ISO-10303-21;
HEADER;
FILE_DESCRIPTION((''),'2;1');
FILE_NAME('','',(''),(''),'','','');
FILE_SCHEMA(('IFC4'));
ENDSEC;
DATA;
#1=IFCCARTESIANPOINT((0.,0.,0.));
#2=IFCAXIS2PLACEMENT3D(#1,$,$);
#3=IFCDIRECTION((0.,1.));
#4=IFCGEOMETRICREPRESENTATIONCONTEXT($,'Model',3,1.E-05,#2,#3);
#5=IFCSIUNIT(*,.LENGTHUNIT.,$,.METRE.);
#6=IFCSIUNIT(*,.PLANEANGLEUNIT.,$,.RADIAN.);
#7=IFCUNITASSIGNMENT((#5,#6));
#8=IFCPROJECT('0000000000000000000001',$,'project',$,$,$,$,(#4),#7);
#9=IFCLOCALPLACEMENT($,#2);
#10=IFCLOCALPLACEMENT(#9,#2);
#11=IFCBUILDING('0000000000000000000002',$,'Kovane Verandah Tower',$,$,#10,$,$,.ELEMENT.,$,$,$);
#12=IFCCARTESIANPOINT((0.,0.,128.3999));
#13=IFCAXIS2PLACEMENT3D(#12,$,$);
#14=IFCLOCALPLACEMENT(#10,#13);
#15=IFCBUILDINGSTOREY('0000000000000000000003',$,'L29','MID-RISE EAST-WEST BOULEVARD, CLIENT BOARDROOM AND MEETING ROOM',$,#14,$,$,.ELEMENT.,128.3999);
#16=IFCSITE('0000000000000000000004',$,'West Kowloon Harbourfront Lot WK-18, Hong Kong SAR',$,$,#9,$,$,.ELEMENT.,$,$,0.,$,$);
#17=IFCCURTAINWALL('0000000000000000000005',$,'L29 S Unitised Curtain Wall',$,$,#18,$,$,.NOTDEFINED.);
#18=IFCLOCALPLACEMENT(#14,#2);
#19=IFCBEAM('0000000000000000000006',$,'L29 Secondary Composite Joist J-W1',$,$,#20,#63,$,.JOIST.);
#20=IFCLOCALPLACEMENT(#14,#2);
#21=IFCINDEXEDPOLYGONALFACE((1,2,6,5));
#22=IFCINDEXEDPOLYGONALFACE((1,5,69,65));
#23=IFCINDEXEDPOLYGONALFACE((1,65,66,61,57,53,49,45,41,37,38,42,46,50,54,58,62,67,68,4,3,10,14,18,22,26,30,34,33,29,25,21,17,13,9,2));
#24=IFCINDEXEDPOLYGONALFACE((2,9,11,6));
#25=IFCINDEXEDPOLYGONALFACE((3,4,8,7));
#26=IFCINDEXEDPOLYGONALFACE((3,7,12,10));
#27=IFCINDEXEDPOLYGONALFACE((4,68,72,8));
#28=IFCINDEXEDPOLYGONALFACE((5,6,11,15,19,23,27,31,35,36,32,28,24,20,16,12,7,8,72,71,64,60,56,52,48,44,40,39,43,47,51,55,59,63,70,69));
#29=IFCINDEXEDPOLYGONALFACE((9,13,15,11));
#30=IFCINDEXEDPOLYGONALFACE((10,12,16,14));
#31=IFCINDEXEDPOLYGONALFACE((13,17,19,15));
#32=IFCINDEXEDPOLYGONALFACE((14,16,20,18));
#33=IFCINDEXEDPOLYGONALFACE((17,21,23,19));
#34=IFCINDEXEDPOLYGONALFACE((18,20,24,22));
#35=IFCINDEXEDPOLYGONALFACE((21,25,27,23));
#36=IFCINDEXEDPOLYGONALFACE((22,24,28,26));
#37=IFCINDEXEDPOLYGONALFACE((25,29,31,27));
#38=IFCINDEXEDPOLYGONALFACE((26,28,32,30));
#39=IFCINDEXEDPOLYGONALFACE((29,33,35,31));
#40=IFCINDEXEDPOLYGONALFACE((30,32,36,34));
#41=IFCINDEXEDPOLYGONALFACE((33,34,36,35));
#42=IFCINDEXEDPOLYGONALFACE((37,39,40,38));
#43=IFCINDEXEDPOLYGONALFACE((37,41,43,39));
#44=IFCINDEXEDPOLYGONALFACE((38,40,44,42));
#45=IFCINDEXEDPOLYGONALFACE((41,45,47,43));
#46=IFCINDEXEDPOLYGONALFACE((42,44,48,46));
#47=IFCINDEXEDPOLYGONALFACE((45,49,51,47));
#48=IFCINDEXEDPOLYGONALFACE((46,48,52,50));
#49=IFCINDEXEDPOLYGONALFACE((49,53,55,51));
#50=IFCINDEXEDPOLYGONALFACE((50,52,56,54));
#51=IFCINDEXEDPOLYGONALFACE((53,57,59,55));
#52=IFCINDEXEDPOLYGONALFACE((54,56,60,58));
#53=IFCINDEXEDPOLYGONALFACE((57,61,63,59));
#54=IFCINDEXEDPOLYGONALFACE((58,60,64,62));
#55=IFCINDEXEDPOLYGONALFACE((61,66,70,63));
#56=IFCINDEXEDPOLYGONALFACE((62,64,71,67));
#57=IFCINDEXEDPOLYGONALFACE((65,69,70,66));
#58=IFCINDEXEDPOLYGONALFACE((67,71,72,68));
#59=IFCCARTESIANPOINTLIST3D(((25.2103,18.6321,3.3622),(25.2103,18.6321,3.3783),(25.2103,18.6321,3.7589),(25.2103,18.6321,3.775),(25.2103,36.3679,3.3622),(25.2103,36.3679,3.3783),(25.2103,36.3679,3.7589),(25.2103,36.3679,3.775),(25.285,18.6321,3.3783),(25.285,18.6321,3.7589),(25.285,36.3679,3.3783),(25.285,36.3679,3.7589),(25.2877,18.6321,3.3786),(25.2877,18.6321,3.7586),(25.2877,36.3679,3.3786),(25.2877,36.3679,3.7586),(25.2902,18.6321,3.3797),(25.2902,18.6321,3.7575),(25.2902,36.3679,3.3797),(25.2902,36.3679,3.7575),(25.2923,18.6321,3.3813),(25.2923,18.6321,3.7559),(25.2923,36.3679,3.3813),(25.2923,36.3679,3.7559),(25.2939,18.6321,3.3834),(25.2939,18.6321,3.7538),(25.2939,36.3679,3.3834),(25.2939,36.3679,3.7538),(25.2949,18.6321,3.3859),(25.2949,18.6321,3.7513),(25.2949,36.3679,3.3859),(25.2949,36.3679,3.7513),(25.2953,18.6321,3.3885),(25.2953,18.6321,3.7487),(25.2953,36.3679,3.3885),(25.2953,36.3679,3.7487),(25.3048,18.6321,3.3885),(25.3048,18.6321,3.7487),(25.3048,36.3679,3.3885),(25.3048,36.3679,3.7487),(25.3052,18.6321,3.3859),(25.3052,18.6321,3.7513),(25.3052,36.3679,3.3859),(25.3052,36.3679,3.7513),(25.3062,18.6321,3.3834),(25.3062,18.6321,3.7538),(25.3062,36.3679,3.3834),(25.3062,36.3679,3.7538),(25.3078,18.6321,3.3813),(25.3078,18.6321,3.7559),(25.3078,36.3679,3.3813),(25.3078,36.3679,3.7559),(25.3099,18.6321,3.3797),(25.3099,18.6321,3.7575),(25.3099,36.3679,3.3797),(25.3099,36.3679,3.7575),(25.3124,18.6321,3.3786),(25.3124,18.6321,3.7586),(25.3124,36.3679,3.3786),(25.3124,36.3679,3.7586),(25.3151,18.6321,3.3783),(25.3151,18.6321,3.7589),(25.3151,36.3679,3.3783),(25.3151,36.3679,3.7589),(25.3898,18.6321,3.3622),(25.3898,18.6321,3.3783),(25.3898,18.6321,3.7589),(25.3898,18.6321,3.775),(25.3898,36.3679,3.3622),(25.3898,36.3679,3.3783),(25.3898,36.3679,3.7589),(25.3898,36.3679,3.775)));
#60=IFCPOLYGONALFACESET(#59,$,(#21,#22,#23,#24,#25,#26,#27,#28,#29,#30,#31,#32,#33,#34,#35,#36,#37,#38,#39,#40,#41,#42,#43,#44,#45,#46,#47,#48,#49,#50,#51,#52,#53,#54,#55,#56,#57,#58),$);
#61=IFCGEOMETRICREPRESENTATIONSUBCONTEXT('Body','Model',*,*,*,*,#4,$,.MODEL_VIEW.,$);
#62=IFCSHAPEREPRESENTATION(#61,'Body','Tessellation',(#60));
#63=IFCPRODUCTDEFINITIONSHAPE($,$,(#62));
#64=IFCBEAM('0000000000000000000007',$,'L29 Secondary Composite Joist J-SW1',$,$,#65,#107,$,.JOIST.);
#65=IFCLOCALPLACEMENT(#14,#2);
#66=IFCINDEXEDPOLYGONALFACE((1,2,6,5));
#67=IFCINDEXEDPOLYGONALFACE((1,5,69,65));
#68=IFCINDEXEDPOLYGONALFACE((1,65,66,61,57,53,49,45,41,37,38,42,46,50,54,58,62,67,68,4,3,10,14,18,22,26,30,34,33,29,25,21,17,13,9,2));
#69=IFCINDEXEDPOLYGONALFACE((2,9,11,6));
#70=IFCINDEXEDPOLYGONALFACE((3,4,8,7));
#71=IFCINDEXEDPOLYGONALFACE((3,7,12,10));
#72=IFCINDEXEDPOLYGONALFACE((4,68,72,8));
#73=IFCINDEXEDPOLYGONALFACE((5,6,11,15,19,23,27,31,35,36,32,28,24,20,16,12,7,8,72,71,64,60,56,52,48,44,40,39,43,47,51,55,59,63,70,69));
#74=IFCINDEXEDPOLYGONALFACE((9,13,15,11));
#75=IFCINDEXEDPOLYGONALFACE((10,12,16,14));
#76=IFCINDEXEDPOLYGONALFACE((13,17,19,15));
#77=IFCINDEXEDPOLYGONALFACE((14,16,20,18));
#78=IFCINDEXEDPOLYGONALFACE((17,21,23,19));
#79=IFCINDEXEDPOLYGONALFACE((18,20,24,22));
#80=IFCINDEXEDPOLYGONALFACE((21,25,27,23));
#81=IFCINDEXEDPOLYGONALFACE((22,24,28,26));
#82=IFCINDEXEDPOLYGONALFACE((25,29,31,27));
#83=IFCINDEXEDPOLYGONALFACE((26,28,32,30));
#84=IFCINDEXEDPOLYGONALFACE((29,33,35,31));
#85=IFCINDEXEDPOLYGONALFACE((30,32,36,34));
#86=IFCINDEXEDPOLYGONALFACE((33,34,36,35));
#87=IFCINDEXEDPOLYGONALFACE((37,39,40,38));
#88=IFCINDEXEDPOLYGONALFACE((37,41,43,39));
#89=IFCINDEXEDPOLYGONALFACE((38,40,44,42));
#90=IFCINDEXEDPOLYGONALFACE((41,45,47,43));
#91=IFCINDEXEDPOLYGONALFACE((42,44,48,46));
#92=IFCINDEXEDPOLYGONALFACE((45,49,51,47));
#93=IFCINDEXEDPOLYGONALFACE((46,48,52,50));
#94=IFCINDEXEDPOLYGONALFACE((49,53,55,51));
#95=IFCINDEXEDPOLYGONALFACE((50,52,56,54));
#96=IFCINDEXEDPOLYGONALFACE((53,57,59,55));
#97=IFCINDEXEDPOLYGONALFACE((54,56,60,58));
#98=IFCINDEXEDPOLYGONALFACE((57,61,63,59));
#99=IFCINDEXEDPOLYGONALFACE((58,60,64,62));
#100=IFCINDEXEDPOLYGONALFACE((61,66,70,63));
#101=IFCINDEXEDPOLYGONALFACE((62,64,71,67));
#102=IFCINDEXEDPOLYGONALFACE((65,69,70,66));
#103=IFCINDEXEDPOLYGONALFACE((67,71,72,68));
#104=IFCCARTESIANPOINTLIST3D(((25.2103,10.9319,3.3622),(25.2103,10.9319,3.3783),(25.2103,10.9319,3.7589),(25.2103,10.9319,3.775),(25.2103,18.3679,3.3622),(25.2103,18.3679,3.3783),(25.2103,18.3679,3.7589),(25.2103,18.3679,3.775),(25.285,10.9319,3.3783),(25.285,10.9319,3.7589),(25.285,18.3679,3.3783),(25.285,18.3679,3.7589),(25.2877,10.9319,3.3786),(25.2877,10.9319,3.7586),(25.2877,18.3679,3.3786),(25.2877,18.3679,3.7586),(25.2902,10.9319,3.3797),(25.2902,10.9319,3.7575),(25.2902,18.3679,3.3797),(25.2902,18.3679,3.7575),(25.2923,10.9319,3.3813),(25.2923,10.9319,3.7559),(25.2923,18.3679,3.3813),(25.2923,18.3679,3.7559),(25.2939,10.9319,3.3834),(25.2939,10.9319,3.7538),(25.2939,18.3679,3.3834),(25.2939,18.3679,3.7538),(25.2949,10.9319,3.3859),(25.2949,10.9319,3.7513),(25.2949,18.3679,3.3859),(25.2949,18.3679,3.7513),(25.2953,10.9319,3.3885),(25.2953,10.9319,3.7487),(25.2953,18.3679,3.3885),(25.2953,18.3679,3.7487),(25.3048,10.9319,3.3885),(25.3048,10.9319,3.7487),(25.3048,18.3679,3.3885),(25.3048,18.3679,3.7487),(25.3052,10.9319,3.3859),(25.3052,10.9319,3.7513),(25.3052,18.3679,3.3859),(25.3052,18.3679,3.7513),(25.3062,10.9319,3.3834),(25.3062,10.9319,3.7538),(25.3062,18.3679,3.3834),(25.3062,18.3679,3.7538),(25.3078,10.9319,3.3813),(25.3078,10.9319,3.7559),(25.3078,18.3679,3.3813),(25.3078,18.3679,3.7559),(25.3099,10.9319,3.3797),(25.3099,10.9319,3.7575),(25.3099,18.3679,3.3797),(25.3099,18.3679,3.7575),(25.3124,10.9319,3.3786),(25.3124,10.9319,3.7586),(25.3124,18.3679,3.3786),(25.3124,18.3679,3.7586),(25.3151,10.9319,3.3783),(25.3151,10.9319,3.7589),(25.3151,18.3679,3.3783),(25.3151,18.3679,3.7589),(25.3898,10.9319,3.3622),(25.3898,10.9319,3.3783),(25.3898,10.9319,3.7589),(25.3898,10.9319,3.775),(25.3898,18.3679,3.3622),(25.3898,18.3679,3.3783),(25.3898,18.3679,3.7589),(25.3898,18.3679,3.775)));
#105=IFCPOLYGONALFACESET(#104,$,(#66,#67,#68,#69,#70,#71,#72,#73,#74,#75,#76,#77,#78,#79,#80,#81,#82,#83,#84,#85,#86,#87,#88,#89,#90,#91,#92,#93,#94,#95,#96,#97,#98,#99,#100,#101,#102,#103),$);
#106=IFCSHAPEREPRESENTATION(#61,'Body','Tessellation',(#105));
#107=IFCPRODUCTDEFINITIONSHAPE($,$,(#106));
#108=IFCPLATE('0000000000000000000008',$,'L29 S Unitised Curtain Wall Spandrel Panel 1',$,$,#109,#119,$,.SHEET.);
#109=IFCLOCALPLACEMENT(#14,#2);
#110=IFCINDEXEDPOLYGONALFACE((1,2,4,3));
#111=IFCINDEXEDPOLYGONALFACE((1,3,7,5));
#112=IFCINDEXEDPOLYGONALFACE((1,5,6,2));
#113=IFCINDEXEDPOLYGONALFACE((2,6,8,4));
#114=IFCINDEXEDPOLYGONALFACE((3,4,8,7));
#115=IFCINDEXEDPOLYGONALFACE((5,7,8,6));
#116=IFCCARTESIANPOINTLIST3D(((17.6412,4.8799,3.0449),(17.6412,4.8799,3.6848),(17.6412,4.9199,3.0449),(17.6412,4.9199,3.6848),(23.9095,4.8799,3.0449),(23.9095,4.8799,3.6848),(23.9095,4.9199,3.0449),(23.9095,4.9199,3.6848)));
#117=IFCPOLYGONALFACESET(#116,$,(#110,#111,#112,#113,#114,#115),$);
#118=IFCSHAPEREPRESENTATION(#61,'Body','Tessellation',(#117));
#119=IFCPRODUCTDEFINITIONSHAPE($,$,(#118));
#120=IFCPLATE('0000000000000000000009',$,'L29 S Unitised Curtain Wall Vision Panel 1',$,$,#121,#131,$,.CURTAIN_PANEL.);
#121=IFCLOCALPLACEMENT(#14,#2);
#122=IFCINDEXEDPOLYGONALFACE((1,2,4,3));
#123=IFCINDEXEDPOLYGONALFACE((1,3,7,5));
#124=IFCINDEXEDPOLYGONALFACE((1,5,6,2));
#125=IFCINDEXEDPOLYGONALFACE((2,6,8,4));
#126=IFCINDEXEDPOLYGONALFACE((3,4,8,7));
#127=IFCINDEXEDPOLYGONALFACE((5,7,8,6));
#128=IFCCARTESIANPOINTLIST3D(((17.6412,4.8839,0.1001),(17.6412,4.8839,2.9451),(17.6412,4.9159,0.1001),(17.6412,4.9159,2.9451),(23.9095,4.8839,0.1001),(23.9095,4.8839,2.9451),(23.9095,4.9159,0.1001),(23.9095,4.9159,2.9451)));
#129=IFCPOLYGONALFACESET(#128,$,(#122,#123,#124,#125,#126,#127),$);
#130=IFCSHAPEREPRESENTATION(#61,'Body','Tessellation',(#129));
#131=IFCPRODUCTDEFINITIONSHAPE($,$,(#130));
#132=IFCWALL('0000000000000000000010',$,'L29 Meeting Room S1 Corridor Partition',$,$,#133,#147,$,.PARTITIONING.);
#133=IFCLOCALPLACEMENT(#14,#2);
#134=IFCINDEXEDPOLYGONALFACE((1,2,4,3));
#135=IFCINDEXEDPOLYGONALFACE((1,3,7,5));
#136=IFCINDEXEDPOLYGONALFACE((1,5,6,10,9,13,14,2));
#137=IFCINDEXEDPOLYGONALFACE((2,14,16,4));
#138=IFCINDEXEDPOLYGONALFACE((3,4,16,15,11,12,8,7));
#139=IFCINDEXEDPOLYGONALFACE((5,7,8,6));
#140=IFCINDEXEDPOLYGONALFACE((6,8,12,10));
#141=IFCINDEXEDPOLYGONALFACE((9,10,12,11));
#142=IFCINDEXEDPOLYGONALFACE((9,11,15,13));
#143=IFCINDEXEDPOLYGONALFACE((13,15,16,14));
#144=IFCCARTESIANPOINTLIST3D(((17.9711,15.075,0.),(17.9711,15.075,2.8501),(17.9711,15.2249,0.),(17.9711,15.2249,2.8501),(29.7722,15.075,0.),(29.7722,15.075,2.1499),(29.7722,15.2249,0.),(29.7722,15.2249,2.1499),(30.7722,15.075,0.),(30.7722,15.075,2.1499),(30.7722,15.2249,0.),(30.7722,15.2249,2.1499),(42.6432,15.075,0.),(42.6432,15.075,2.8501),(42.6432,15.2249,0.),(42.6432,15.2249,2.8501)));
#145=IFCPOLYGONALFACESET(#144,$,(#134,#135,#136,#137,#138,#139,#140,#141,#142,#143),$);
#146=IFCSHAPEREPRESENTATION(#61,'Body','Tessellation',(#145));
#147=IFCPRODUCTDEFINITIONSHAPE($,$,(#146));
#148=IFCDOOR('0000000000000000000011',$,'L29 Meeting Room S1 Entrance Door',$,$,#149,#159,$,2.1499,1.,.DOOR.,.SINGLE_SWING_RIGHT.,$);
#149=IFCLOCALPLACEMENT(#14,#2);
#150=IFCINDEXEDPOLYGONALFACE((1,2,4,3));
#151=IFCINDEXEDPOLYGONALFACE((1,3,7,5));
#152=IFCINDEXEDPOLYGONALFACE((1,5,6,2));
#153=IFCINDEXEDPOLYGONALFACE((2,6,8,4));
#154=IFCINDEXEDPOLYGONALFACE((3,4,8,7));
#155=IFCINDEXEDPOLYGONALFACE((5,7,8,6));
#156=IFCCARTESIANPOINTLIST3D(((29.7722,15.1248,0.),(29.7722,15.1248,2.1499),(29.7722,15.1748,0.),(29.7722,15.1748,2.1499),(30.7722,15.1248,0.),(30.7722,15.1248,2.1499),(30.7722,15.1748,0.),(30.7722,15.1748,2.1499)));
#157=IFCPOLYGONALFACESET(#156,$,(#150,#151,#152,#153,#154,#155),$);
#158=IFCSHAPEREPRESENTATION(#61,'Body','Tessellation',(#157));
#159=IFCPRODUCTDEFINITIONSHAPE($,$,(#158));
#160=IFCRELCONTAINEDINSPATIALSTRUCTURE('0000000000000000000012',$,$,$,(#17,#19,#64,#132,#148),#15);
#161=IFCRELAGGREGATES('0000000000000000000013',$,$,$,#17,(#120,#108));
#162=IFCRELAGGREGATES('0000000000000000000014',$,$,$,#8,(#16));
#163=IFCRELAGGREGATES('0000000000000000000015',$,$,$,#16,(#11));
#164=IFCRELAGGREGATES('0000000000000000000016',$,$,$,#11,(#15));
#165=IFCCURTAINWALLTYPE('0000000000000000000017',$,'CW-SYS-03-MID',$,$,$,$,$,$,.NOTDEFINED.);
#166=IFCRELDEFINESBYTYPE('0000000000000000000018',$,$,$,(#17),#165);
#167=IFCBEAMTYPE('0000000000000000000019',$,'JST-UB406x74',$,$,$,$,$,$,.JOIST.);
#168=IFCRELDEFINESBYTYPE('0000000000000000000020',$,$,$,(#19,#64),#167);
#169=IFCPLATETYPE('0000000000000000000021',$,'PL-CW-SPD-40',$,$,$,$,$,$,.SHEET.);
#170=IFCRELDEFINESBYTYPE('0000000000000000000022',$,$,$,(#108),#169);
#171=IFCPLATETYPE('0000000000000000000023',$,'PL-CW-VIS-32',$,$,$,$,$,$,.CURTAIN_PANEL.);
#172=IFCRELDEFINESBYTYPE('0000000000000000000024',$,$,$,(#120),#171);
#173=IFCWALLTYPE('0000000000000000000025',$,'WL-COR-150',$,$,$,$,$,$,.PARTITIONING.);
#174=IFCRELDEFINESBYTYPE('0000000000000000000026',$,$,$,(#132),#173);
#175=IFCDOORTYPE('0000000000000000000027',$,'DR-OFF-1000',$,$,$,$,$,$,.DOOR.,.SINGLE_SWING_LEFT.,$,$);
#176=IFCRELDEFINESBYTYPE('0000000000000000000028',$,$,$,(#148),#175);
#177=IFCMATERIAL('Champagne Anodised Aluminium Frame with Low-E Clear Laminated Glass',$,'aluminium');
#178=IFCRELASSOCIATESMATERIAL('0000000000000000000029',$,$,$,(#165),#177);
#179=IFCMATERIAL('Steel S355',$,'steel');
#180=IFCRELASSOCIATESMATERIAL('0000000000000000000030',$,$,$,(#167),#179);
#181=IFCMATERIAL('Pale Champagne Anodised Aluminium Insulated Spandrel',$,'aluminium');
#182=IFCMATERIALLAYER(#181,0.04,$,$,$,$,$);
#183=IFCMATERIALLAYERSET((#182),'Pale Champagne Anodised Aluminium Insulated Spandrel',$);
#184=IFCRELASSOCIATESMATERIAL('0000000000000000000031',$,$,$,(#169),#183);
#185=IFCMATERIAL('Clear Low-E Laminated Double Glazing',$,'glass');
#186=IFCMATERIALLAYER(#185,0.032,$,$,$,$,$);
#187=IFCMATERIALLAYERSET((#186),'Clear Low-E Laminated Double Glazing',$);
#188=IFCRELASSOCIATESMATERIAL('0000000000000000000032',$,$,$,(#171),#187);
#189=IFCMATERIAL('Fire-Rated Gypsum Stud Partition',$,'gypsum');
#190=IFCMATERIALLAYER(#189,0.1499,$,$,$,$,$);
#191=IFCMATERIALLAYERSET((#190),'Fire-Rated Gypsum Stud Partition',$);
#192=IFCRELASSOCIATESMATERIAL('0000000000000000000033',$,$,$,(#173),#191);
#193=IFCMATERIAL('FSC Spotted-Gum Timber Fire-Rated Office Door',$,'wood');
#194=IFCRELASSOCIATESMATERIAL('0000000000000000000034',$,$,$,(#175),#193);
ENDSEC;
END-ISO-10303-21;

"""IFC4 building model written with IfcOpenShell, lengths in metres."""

from ifc_helpers import new_model, si_unit, direction, frame, frame_2d, origin, origin_2d, place, context, subcontext, project, spatial, rectangle, i_section, extrude, material, layer, layer_set, material_profile, profile_set, type_object, element, fill, aggregate, save


model = new_model("IFC4")

# Units and contexts
model_context = context("Model", 3, precision=1e-05, world=origin(), true_north=direction((0.0, 1.0)))
body_context = subcontext(model_context, "Body", "Model", "MODEL_VIEW")
ifc_project = project(units=[si_unit("LENGTHUNIT", "METRE"), si_unit("PLANEANGLEUNIT", "RADIAN")], contexts=[model_context])

# Site, building, storey
site_placement = place(None, origin())
site = spatial("IfcSite", under=ifc_project, at=site_placement, Name="West Kowloon Harbourfront Lot WK-18, Hong Kong SAR", CompositionType="ELEMENT", RefElevation=0.0)
building_placement = place(site_placement, origin())
building = spatial("IfcBuilding", under=site, at=building_placement, Name="Kovane Verandah Tower", CompositionType="ELEMENT")
storey_placement = place(building_placement, frame((0.0, 0.0, 128.3999)))
storey = spatial("IfcBuildingStorey", under=building, at=storey_placement, Name="L29", Description="MID-RISE EAST-WEST BOULEVARD, CLIENT BOARDROOM AND MEETING ROOM", CompositionType="ELEMENT", Elevation=128.3999)

# Shared definitions
ifc_material_1 = material(Name="Steel S355", Category="steel")

# Curtain wall
ifc_material_2 = material(Name="Champagne Anodised Aluminium Frame with Low-E Clear Laminated Glass", Category="aluminium")
curtain_wall_type = type_object("IfcCurtainWallType", Name="CW-SYS-03-MID", PredefinedType="NOTDEFINED", material=ifc_material_2)
curtain_wall_placement = place(storey_placement, origin())
curtain_wall = element("IfcCurtainWall", 1, at=curtain_wall_placement, inside=storey, type_object=curtain_wall_type, Name="L29 S Unitised Curtain Wall", PredefinedType="NOTDEFINED")

# Beams
ifc_material_profile_1 = material_profile(ifc_material_1, i_section(OverallWidth=0.1794, OverallDepth=0.4128, WebThickness=0.0095, FlangeThickness=0.0161, FilletRadius=0.0103, at=origin_2d()), Name="UB406x178x74")
ifc_profile_set_1 = profile_set([ifc_material_profile_1], Name="Steel S355")
beam_type_1 = type_object("IfcBeamType", Name="JST-UB406x74", PredefinedType="JOIST", material=ifc_profile_set_1)
beam_1_placement = place(storey_placement, frame((25.3, 18.6321, 3.5686), z_axis=(0.0, 1.0, 0.0), x_axis=(-1.0, 0.0, 0.0)))
element("IfcBeam", 2, at=beam_1_placement, inside=storey, type_object=beam_type_1, Name="L29 Secondary Composite Joist J-W1", PredefinedType="JOIST", context=body_context, shape_type="SweptSolid", body=[
    extrude(i_section(OverallWidth=0.1794, OverallDepth=0.4128, WebThickness=0.0095, FlangeThickness=0.0161, FilletRadius=0.0103, at=origin_2d()), origin(), (0.0, 0.0, 1.0), 17.7358),
])
beam_2_placement = place(storey_placement, frame((25.3, 10.9319, 3.5686), z_axis=(0.0, 1.0, 0.0), x_axis=(-1.0, 0.0, 0.0)))
element("IfcBeam", 3, at=beam_2_placement, inside=storey, type_object=beam_type_1, Name="L29 Secondary Composite Joist J-SW1", PredefinedType="JOIST", context=body_context, shape_type="SweptSolid", body=[
    extrude(i_section(OverallWidth=0.1794, OverallDepth=0.4128, WebThickness=0.0095, FlangeThickness=0.0161, FilletRadius=0.0103, at=origin_2d()), origin(), (0.0, 0.0, 1.0), 7.436),
])

# Plates
ifc_material_3 = material(Name="Pale Champagne Anodised Aluminium Insulated Spandrel", Category="aluminium")
ifc_layer_1 = layer(ifc_material_3, 0.04)
ifc_layer_set_1 = layer_set([ifc_layer_1], Name="Pale Champagne Anodised Aluminium Insulated Spandrel")
plate_type_1 = type_object("IfcPlateType", Name="PL-CW-SPD-40", PredefinedType="SHEET", material=ifc_layer_set_1)
plate_1_placement = place(storey_placement, frame((20.7754, 4.8999, 3.0449), z_axis=(0.0, 0.0, 1.0), x_axis=(1.0, 0.0, 0.0)))
plate_1 = element("IfcPlate", 4, at=plate_1_placement, type_object=plate_type_1, Name="L29 S Unitised Curtain Wall Spandrel Panel 1", PredefinedType="SHEET", context=body_context, shape_type="SweptSolid", body=[
    extrude(rectangle(XDim=6.2683, YDim=0.04, at=origin_2d()), origin(), (0.0, 0.0, 1.0), 0.6399),
])
ifc_material_4 = material(Name="Clear Low-E Laminated Double Glazing", Category="glass")
ifc_layer_2 = layer(ifc_material_4, 0.032)
ifc_layer_set_2 = layer_set([ifc_layer_2], Name="Clear Low-E Laminated Double Glazing")
plate_type_2 = type_object("IfcPlateType", Name="PL-CW-VIS-32", PredefinedType="CURTAIN_PANEL", material=ifc_layer_set_2)
plate_2_placement = place(storey_placement, frame((20.7754, 4.8999, 0.1001), z_axis=(0.0, 0.0, 1.0), x_axis=(1.0, 0.0, 0.0)))
plate_2 = element("IfcPlate", 5, at=plate_2_placement, type_object=plate_type_2, Name="L29 S Unitised Curtain Wall Vision Panel 1", PredefinedType="CURTAIN_PANEL", context=body_context, shape_type="SweptSolid", body=[
    extrude(rectangle(XDim=6.2683, YDim=0.032, at=origin_2d()), origin(), (0.0, 0.0, 1.0), 2.845),
])
aggregate(curtain_wall, [plate_2, plate_1])

# Wall, opening, door
ifc_material_5 = material(Name="Fire-Rated Gypsum Stud Partition", Category="gypsum")
ifc_layer_3 = layer(ifc_material_5, 0.1499)
ifc_layer_set_3 = layer_set([ifc_layer_3], Name="Fire-Rated Gypsum Stud Partition")
wall_type = type_object("IfcWallType", Name="WL-COR-150", PredefinedType="PARTITIONING", material=ifc_layer_set_3)
wall_1_placement = place(storey_placement, frame((17.9712, 15.1499, 0.0), z_axis=(0.0, 0.0, 1.0), x_axis=(1.0, 0.0, 0.0)))
wall_1 = element("IfcWall", 6, at=wall_1_placement, inside=storey, type_object=wall_type, Name="L29 Meeting Room S1 Corridor Partition", PredefinedType="PARTITIONING", context=body_context, shape_type="SweptSolid", body=[
    extrude(rectangle(XDim=24.6721, YDim=0.1499, at=frame_2d((12.3359, 0.0))), origin(), (0.0, 0.0, 1.0), 2.8501),
])
opening_1_placement = place(wall_1_placement, frame((11.801, 0.0, 0.0)))
opening_1 = element("IfcOpeningElement", 7, at=opening_1_placement, cuts=wall_1, PredefinedType="OPENING", context=body_context, shape_type="SweptSolid", body=[
    extrude(rectangle(XDim=1.0, YDim=2.1499, at=frame_2d((0.5, 1.075))), frame((0.0, 0.075, 0.0), z_axis=(0.0, -1.0, 0.0), x_axis=(1.0, 0.0, 0.0)), (0.0, 0.0, 1.0), 0.1499),
])
ifc_material_6 = material(Name="FSC Spotted-Gum Timber Fire-Rated Office Door", Category="wood")
door_type = type_object("IfcDoorType", Name="DR-OFF-1000", OperationType="SINGLE_SWING_LEFT", PredefinedType="DOOR", material=ifc_material_6)
door_1_placement = place(opening_1_placement, origin())
door_1 = element("IfcDoor", 8, at=door_1_placement, inside=storey, type_object=door_type, Name="L29 Meeting Room S1 Entrance Door", OperationType="SINGLE_SWING_RIGHT", OverallHeight=2.1499, OverallWidth=1.0, PredefinedType="DOOR", context=body_context, shape_type="SweptSolid", body=[
    extrude(rectangle(XDim=1.0, YDim=2.1499, at=frame_2d((0.5, 1.075))), frame((0.0, 0.0249, 0.0), z_axis=(0.0, -1.0, 0.0), x_axis=(1.0, 0.0, 0.0)), (0.0, 0.0, 1.0), 0.05),
])
fill(opening_1, door_1)

save(model, "model.ifc")
